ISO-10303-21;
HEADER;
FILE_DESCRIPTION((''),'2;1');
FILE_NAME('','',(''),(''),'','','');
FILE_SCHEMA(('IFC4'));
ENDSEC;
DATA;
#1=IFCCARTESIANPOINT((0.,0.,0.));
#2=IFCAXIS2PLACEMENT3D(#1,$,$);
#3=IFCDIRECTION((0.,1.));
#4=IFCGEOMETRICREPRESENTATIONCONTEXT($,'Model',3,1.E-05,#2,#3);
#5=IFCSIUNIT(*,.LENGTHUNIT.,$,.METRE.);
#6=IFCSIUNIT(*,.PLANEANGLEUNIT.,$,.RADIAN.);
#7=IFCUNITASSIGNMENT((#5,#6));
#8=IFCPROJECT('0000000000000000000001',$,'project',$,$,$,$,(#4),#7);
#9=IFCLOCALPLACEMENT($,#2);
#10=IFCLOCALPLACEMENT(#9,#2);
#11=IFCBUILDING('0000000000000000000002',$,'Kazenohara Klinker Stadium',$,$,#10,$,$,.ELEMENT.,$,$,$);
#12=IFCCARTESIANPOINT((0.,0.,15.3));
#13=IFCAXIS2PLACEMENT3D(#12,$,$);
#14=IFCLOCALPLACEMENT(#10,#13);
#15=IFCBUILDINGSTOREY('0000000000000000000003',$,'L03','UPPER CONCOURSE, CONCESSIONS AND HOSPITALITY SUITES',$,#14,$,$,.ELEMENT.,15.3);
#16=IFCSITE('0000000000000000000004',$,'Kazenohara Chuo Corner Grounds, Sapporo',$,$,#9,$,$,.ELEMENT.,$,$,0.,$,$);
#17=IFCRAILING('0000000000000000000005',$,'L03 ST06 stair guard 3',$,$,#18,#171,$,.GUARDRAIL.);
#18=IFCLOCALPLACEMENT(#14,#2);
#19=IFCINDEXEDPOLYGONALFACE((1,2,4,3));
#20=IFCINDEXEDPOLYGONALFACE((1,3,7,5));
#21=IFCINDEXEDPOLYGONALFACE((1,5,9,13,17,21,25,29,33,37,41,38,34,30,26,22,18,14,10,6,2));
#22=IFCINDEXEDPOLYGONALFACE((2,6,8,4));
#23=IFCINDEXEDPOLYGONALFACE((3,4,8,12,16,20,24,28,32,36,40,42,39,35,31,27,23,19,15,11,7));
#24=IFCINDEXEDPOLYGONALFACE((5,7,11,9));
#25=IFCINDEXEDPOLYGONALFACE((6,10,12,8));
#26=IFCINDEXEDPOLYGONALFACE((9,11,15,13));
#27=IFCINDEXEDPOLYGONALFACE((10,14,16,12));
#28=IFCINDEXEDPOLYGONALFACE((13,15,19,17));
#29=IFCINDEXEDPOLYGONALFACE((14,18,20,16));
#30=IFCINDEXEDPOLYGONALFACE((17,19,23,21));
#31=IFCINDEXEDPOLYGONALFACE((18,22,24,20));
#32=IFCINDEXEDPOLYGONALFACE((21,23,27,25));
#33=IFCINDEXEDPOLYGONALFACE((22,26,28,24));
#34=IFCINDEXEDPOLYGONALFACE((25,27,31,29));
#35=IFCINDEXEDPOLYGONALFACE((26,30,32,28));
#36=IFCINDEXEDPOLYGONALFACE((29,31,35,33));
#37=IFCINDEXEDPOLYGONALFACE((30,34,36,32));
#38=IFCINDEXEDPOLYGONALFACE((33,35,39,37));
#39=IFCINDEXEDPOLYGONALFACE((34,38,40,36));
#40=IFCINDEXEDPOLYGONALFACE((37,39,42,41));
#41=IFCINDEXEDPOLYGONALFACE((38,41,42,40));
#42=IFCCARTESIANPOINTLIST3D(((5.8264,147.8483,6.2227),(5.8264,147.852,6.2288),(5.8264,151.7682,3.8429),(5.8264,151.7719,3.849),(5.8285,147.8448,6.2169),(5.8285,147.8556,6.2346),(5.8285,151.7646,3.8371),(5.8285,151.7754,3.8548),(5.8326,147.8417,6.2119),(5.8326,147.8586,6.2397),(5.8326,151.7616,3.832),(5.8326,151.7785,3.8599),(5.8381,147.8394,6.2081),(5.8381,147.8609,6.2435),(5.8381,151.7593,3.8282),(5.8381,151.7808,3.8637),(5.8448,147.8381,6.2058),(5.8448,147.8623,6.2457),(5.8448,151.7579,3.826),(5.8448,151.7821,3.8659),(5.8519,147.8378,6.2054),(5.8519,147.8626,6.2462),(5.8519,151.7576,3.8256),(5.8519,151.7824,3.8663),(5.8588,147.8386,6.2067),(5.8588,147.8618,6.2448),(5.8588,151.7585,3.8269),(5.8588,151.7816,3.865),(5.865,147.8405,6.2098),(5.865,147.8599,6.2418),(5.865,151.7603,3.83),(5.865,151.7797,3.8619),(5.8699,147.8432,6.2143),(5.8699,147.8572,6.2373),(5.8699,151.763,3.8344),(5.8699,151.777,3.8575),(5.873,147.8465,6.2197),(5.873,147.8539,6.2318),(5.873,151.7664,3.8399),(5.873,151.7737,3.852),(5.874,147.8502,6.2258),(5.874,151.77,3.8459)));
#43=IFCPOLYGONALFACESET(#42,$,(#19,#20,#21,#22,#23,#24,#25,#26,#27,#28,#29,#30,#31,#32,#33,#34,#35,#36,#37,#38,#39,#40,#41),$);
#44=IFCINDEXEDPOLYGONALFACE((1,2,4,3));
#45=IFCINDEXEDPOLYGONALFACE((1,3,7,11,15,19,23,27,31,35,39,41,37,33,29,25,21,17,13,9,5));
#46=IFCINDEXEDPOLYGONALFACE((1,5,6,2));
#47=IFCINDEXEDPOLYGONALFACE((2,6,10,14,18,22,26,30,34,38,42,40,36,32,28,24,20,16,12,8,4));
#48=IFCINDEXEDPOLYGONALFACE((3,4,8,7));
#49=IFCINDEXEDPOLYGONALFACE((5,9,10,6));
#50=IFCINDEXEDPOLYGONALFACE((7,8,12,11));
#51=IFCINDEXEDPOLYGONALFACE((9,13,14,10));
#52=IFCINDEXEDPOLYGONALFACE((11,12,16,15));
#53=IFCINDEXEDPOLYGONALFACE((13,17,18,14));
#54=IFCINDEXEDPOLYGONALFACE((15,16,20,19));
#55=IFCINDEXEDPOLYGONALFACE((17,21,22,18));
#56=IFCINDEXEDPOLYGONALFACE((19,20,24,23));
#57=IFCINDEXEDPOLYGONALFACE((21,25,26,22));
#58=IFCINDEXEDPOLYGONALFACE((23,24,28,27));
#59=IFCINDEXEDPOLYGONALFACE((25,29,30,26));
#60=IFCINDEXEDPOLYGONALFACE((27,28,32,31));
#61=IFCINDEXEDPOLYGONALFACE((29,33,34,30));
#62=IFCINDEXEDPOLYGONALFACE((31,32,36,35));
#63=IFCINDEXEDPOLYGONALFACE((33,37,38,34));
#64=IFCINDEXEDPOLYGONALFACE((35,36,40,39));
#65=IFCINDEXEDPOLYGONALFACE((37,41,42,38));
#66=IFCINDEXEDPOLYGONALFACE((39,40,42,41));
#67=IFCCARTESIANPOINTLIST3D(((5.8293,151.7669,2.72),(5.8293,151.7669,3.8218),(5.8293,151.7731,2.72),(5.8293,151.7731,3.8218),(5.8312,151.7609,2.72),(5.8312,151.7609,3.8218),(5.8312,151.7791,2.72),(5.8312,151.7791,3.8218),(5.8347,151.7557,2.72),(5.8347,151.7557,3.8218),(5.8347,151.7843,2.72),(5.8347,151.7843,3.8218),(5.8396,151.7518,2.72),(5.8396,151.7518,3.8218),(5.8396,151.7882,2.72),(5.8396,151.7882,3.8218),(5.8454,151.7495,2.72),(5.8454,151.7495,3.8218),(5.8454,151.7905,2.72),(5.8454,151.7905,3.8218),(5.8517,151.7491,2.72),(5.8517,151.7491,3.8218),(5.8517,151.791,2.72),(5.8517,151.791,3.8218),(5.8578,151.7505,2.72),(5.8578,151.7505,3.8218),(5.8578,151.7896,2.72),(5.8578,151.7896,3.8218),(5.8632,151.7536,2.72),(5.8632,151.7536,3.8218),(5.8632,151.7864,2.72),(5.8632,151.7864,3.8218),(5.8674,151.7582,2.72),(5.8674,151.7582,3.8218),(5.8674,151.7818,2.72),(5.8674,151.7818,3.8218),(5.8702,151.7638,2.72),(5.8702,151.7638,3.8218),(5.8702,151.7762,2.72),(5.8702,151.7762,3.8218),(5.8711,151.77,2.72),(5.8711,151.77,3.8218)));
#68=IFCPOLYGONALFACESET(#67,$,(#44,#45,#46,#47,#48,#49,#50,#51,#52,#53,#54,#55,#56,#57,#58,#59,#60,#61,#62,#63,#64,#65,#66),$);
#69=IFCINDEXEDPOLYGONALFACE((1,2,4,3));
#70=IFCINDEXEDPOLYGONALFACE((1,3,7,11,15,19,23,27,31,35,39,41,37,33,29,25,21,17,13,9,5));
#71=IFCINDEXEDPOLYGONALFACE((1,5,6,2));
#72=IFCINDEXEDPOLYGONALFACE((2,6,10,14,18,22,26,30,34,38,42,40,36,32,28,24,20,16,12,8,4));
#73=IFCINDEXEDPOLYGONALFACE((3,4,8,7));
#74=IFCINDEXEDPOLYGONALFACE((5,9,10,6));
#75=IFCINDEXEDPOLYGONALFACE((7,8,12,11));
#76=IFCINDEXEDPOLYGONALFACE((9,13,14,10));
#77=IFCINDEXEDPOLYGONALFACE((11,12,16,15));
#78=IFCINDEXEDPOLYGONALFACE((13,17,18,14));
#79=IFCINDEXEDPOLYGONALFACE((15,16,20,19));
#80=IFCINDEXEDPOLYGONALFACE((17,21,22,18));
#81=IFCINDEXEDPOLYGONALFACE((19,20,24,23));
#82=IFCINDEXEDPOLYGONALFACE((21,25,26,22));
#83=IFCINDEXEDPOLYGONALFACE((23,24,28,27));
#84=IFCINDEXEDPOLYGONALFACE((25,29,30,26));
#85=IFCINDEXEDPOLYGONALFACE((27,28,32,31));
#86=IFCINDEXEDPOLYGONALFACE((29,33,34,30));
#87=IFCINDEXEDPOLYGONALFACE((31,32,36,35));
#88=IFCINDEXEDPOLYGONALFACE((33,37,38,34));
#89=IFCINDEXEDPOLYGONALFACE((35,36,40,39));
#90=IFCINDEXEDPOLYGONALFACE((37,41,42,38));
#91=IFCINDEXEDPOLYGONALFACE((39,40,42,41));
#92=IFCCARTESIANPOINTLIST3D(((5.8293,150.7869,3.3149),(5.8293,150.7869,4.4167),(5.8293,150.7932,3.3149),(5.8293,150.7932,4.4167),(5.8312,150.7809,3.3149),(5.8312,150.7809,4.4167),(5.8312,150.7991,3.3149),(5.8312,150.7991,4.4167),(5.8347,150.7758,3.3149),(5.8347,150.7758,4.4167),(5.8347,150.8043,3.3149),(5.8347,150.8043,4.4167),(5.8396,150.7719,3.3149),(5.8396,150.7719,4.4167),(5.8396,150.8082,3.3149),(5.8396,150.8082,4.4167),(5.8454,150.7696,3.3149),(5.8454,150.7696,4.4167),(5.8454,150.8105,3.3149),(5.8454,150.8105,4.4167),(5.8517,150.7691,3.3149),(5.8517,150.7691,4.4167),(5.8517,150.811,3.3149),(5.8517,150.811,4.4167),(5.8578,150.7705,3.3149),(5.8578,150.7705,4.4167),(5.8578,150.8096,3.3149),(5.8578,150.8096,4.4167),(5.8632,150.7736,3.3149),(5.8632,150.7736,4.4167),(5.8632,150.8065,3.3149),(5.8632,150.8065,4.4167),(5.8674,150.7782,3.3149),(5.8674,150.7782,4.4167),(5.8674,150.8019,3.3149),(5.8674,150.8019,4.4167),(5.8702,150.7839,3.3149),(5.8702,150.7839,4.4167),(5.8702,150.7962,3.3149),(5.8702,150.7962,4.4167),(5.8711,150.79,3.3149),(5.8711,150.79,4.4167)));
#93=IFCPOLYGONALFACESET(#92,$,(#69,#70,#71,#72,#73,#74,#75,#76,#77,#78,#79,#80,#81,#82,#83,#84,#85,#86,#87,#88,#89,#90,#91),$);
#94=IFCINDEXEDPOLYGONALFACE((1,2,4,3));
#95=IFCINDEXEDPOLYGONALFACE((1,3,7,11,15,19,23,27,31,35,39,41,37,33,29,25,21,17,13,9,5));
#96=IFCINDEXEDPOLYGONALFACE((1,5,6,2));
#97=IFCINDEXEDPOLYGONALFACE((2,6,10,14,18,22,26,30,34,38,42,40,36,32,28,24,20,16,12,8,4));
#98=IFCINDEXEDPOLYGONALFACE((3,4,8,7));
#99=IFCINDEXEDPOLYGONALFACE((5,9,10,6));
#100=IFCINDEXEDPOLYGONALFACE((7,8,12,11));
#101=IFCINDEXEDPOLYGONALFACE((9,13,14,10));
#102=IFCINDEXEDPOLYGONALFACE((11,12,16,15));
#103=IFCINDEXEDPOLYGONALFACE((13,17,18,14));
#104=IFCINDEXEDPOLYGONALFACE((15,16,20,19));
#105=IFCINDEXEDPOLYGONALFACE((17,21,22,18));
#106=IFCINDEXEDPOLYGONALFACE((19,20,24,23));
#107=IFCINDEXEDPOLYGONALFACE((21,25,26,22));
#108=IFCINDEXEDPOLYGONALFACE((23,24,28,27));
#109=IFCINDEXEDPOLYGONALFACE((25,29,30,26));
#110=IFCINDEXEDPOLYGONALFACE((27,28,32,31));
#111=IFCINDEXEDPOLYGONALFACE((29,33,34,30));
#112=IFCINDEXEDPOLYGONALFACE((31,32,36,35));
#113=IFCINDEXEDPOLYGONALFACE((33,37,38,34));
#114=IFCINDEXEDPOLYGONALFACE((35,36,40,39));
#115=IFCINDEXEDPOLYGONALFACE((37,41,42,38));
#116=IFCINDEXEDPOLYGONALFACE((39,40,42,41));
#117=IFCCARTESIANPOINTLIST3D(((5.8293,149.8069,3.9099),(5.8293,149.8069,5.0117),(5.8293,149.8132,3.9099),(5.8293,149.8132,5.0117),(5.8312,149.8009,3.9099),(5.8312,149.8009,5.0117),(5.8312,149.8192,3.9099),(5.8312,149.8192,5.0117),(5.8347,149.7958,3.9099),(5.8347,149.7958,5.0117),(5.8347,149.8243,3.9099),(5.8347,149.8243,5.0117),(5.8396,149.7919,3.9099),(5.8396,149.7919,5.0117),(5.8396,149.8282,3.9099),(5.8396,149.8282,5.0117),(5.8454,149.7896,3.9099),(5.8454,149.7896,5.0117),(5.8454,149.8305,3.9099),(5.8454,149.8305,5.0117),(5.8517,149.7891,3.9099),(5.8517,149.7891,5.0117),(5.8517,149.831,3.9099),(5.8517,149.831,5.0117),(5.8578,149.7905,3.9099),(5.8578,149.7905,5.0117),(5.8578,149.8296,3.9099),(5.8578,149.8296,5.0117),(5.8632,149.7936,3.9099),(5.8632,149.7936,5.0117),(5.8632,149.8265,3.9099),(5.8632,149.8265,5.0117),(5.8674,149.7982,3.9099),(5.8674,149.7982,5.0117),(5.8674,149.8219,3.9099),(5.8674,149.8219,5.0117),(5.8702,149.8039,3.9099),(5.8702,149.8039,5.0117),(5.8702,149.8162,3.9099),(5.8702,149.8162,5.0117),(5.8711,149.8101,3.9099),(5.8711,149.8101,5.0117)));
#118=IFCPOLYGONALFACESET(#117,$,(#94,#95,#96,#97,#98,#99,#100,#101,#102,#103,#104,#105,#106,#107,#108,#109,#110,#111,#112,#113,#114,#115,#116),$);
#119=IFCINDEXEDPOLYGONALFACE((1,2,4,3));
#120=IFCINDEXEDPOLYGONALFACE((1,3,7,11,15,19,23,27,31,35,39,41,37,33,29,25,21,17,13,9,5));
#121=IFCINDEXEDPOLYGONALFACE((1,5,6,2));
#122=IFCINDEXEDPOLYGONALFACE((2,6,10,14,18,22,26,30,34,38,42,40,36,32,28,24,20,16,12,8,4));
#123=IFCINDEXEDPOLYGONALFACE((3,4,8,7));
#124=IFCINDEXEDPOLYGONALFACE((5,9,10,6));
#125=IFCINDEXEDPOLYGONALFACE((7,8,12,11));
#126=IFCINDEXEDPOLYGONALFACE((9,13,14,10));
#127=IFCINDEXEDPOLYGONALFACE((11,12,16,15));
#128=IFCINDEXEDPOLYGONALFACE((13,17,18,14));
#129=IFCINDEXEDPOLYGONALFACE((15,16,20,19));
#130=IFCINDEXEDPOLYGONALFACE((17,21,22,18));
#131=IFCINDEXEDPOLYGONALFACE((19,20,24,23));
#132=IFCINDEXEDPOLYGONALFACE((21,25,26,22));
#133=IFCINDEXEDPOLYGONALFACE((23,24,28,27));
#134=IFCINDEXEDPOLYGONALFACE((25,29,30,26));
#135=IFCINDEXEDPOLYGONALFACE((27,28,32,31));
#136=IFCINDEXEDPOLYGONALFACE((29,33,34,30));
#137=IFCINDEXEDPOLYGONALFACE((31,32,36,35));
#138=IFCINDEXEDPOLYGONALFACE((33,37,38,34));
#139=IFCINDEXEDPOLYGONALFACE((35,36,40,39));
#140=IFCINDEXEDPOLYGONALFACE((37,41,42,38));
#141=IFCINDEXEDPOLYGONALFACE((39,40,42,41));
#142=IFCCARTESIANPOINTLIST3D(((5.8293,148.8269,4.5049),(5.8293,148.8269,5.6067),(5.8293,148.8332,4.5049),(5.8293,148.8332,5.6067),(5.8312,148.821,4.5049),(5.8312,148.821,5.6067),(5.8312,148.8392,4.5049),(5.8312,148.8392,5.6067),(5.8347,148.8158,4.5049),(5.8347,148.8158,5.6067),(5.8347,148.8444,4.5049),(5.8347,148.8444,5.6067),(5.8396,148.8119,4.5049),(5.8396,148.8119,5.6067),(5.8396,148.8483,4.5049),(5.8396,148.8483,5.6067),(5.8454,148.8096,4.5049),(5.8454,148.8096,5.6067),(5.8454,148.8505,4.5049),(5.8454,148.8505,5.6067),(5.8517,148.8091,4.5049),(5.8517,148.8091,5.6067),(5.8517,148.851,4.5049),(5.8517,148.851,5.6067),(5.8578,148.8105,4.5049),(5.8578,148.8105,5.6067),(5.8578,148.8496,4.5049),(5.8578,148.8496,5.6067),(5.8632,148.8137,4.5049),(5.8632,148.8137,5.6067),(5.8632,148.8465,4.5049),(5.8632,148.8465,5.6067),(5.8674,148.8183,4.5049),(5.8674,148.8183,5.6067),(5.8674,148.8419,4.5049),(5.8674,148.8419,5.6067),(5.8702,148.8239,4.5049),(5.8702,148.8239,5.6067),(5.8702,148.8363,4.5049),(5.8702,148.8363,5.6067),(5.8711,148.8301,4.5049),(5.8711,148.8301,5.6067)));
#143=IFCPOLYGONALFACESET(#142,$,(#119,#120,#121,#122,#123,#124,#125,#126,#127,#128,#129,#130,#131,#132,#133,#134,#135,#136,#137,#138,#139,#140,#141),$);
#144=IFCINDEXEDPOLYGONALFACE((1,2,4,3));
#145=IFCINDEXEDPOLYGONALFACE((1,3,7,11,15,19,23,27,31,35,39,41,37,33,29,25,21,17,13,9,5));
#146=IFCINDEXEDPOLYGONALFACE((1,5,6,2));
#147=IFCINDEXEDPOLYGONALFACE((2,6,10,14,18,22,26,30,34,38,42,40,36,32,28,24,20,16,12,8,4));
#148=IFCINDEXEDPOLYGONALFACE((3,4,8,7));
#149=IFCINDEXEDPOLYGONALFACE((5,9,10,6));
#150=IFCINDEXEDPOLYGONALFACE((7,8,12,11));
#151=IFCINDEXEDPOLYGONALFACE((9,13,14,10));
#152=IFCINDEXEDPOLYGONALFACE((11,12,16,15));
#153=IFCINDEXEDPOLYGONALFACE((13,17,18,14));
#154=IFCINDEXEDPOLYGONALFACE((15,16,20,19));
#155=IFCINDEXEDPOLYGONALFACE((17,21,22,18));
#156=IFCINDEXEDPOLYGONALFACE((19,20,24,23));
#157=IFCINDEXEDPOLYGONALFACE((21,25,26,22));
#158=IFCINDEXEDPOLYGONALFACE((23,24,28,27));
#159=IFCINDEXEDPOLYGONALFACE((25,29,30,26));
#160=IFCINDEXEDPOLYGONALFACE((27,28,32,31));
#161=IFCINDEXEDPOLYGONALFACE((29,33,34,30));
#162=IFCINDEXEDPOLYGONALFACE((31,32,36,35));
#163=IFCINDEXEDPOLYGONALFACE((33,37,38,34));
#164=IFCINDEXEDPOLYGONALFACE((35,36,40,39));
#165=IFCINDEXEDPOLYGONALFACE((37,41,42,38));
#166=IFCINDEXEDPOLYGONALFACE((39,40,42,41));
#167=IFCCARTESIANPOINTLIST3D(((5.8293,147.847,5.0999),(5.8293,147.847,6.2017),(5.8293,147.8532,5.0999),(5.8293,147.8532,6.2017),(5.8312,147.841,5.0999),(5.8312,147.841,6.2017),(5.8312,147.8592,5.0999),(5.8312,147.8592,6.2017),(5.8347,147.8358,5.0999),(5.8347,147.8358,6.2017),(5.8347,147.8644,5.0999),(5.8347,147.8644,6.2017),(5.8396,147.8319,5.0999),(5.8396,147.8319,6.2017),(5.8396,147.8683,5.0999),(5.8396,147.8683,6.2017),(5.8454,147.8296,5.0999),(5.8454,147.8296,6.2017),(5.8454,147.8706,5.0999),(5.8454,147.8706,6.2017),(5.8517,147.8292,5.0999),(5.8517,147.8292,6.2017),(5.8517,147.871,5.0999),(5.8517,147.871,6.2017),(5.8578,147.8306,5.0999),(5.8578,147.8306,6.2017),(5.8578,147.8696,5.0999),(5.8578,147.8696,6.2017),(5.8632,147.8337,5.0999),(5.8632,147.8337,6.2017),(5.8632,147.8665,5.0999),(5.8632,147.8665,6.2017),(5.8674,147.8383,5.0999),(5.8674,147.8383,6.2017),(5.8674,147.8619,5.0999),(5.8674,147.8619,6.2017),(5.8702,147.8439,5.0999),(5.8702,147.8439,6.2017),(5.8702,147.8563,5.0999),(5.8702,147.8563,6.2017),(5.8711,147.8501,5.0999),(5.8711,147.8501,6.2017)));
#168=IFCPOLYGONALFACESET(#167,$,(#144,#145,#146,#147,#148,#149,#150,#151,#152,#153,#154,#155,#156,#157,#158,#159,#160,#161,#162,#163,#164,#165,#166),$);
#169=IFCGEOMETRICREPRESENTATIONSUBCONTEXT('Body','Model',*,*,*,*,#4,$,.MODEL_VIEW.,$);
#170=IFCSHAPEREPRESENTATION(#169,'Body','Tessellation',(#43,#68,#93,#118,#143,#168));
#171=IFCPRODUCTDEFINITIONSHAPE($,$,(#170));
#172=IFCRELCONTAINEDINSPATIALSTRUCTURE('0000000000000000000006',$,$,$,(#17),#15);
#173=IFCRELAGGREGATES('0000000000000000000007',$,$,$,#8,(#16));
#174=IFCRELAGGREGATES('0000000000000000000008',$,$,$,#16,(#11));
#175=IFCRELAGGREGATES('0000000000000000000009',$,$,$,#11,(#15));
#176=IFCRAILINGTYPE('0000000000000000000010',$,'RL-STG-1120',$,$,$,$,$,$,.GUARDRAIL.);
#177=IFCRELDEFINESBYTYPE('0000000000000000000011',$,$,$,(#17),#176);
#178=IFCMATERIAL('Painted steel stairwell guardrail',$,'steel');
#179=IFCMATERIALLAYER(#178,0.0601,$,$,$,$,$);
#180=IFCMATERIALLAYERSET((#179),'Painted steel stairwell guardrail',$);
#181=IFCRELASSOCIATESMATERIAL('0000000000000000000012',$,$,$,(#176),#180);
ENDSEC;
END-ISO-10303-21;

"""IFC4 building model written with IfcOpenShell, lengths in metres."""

from ifc_helpers import new_model, si_unit, direction, frame, origin, origin_2d, place, context, subcontext, project, spatial, circle, extrude, material, layer, layer_set, type_object, element, save


model = new_model("IFC4")

# Units and contexts
model_context = context("Model", 3, precision=1e-05, world=origin(), true_north=direction((0.0, 1.0)))
body_context = subcontext(model_context, "Body", "Model", "MODEL_VIEW")
ifc_project = project(units=[si_unit("LENGTHUNIT", "METRE"), si_unit("PLANEANGLEUNIT", "RADIAN")], contexts=[model_context])

# Site, building, storey
site_placement = place(None, origin())
site = spatial("IfcSite", under=ifc_project, at=site_placement, Name="Kazenohara Chuo Corner Grounds, Sapporo", CompositionType="ELEMENT", RefElevation=0.0)
building_placement = place(site_placement, origin())
building = spatial("IfcBuilding", under=site, at=building_placement, Name="Kazenohara Klinker Stadium", CompositionType="ELEMENT")
storey_placement = place(building_placement, frame((0.0, 0.0, 15.3)))
storey = spatial("IfcBuildingStorey", under=building, at=storey_placement, Name="L03", Description="UPPER CONCOURSE, CONCESSIONS AND HOSPITALITY SUITES", CompositionType="ELEMENT", Elevation=15.3)

# Railing
ifc_material_1 = material(Name="Painted steel stairwell guardrail", Category="steel")
ifc_layer_1 = layer(ifc_material_1, 0.0601)
ifc_layer_set_1 = layer_set([ifc_layer_1], Name="Painted steel stairwell guardrail")
railing_type_1 = type_object("IfcRailingType", Name="RL-STG-1120", PredefinedType="GUARDRAIL", material=ifc_layer_set_1)
railing_1_placement = place(storey_placement, frame((5.8501, 151.77, 2.72)))
element("IfcRailing", 1, at=railing_1_placement, inside=storey, type_object=railing_type_1, Name="L03 ST06 stair guard 3", PredefinedType="GUARDRAIL", context=body_context, shape_type="SweptSolid", body=[
    extrude(circle(Radius=0.0239, at=origin_2d()), frame((0.0, 0.0, 1.126), z_axis=(0.0, -0.854794, 0.518967), x_axis=(1.0, 0.0, 0.0)), (0.0, 0.0, 1.0), 4.5857),
    extrude(circle(Radius=0.021, at=origin_2d()), origin(), (0.0, 0.0, 1.0), 1.1018),
    extrude(circle(Radius=0.021, at=origin_2d()), frame((0.0, -0.98, 0.595)), (0.0, 0.0, 1.0), 1.1018),
    extrude(circle(Radius=0.021, at=origin_2d()), frame((0.0, -1.96, 1.1899)), (0.0, 0.0, 1.0), 1.1018),
    extrude(circle(Radius=0.021, at=origin_2d()), frame((0.0, -2.9399, 1.7849)), (0.0, 0.0, 1.0), 1.1018),
    extrude(circle(Radius=0.021, at=origin_2d()), frame((0.0, -3.9199, 2.3799)), (0.0, 0.0, 1.0), 1.1018),
])

save(model, "model.ifc")
